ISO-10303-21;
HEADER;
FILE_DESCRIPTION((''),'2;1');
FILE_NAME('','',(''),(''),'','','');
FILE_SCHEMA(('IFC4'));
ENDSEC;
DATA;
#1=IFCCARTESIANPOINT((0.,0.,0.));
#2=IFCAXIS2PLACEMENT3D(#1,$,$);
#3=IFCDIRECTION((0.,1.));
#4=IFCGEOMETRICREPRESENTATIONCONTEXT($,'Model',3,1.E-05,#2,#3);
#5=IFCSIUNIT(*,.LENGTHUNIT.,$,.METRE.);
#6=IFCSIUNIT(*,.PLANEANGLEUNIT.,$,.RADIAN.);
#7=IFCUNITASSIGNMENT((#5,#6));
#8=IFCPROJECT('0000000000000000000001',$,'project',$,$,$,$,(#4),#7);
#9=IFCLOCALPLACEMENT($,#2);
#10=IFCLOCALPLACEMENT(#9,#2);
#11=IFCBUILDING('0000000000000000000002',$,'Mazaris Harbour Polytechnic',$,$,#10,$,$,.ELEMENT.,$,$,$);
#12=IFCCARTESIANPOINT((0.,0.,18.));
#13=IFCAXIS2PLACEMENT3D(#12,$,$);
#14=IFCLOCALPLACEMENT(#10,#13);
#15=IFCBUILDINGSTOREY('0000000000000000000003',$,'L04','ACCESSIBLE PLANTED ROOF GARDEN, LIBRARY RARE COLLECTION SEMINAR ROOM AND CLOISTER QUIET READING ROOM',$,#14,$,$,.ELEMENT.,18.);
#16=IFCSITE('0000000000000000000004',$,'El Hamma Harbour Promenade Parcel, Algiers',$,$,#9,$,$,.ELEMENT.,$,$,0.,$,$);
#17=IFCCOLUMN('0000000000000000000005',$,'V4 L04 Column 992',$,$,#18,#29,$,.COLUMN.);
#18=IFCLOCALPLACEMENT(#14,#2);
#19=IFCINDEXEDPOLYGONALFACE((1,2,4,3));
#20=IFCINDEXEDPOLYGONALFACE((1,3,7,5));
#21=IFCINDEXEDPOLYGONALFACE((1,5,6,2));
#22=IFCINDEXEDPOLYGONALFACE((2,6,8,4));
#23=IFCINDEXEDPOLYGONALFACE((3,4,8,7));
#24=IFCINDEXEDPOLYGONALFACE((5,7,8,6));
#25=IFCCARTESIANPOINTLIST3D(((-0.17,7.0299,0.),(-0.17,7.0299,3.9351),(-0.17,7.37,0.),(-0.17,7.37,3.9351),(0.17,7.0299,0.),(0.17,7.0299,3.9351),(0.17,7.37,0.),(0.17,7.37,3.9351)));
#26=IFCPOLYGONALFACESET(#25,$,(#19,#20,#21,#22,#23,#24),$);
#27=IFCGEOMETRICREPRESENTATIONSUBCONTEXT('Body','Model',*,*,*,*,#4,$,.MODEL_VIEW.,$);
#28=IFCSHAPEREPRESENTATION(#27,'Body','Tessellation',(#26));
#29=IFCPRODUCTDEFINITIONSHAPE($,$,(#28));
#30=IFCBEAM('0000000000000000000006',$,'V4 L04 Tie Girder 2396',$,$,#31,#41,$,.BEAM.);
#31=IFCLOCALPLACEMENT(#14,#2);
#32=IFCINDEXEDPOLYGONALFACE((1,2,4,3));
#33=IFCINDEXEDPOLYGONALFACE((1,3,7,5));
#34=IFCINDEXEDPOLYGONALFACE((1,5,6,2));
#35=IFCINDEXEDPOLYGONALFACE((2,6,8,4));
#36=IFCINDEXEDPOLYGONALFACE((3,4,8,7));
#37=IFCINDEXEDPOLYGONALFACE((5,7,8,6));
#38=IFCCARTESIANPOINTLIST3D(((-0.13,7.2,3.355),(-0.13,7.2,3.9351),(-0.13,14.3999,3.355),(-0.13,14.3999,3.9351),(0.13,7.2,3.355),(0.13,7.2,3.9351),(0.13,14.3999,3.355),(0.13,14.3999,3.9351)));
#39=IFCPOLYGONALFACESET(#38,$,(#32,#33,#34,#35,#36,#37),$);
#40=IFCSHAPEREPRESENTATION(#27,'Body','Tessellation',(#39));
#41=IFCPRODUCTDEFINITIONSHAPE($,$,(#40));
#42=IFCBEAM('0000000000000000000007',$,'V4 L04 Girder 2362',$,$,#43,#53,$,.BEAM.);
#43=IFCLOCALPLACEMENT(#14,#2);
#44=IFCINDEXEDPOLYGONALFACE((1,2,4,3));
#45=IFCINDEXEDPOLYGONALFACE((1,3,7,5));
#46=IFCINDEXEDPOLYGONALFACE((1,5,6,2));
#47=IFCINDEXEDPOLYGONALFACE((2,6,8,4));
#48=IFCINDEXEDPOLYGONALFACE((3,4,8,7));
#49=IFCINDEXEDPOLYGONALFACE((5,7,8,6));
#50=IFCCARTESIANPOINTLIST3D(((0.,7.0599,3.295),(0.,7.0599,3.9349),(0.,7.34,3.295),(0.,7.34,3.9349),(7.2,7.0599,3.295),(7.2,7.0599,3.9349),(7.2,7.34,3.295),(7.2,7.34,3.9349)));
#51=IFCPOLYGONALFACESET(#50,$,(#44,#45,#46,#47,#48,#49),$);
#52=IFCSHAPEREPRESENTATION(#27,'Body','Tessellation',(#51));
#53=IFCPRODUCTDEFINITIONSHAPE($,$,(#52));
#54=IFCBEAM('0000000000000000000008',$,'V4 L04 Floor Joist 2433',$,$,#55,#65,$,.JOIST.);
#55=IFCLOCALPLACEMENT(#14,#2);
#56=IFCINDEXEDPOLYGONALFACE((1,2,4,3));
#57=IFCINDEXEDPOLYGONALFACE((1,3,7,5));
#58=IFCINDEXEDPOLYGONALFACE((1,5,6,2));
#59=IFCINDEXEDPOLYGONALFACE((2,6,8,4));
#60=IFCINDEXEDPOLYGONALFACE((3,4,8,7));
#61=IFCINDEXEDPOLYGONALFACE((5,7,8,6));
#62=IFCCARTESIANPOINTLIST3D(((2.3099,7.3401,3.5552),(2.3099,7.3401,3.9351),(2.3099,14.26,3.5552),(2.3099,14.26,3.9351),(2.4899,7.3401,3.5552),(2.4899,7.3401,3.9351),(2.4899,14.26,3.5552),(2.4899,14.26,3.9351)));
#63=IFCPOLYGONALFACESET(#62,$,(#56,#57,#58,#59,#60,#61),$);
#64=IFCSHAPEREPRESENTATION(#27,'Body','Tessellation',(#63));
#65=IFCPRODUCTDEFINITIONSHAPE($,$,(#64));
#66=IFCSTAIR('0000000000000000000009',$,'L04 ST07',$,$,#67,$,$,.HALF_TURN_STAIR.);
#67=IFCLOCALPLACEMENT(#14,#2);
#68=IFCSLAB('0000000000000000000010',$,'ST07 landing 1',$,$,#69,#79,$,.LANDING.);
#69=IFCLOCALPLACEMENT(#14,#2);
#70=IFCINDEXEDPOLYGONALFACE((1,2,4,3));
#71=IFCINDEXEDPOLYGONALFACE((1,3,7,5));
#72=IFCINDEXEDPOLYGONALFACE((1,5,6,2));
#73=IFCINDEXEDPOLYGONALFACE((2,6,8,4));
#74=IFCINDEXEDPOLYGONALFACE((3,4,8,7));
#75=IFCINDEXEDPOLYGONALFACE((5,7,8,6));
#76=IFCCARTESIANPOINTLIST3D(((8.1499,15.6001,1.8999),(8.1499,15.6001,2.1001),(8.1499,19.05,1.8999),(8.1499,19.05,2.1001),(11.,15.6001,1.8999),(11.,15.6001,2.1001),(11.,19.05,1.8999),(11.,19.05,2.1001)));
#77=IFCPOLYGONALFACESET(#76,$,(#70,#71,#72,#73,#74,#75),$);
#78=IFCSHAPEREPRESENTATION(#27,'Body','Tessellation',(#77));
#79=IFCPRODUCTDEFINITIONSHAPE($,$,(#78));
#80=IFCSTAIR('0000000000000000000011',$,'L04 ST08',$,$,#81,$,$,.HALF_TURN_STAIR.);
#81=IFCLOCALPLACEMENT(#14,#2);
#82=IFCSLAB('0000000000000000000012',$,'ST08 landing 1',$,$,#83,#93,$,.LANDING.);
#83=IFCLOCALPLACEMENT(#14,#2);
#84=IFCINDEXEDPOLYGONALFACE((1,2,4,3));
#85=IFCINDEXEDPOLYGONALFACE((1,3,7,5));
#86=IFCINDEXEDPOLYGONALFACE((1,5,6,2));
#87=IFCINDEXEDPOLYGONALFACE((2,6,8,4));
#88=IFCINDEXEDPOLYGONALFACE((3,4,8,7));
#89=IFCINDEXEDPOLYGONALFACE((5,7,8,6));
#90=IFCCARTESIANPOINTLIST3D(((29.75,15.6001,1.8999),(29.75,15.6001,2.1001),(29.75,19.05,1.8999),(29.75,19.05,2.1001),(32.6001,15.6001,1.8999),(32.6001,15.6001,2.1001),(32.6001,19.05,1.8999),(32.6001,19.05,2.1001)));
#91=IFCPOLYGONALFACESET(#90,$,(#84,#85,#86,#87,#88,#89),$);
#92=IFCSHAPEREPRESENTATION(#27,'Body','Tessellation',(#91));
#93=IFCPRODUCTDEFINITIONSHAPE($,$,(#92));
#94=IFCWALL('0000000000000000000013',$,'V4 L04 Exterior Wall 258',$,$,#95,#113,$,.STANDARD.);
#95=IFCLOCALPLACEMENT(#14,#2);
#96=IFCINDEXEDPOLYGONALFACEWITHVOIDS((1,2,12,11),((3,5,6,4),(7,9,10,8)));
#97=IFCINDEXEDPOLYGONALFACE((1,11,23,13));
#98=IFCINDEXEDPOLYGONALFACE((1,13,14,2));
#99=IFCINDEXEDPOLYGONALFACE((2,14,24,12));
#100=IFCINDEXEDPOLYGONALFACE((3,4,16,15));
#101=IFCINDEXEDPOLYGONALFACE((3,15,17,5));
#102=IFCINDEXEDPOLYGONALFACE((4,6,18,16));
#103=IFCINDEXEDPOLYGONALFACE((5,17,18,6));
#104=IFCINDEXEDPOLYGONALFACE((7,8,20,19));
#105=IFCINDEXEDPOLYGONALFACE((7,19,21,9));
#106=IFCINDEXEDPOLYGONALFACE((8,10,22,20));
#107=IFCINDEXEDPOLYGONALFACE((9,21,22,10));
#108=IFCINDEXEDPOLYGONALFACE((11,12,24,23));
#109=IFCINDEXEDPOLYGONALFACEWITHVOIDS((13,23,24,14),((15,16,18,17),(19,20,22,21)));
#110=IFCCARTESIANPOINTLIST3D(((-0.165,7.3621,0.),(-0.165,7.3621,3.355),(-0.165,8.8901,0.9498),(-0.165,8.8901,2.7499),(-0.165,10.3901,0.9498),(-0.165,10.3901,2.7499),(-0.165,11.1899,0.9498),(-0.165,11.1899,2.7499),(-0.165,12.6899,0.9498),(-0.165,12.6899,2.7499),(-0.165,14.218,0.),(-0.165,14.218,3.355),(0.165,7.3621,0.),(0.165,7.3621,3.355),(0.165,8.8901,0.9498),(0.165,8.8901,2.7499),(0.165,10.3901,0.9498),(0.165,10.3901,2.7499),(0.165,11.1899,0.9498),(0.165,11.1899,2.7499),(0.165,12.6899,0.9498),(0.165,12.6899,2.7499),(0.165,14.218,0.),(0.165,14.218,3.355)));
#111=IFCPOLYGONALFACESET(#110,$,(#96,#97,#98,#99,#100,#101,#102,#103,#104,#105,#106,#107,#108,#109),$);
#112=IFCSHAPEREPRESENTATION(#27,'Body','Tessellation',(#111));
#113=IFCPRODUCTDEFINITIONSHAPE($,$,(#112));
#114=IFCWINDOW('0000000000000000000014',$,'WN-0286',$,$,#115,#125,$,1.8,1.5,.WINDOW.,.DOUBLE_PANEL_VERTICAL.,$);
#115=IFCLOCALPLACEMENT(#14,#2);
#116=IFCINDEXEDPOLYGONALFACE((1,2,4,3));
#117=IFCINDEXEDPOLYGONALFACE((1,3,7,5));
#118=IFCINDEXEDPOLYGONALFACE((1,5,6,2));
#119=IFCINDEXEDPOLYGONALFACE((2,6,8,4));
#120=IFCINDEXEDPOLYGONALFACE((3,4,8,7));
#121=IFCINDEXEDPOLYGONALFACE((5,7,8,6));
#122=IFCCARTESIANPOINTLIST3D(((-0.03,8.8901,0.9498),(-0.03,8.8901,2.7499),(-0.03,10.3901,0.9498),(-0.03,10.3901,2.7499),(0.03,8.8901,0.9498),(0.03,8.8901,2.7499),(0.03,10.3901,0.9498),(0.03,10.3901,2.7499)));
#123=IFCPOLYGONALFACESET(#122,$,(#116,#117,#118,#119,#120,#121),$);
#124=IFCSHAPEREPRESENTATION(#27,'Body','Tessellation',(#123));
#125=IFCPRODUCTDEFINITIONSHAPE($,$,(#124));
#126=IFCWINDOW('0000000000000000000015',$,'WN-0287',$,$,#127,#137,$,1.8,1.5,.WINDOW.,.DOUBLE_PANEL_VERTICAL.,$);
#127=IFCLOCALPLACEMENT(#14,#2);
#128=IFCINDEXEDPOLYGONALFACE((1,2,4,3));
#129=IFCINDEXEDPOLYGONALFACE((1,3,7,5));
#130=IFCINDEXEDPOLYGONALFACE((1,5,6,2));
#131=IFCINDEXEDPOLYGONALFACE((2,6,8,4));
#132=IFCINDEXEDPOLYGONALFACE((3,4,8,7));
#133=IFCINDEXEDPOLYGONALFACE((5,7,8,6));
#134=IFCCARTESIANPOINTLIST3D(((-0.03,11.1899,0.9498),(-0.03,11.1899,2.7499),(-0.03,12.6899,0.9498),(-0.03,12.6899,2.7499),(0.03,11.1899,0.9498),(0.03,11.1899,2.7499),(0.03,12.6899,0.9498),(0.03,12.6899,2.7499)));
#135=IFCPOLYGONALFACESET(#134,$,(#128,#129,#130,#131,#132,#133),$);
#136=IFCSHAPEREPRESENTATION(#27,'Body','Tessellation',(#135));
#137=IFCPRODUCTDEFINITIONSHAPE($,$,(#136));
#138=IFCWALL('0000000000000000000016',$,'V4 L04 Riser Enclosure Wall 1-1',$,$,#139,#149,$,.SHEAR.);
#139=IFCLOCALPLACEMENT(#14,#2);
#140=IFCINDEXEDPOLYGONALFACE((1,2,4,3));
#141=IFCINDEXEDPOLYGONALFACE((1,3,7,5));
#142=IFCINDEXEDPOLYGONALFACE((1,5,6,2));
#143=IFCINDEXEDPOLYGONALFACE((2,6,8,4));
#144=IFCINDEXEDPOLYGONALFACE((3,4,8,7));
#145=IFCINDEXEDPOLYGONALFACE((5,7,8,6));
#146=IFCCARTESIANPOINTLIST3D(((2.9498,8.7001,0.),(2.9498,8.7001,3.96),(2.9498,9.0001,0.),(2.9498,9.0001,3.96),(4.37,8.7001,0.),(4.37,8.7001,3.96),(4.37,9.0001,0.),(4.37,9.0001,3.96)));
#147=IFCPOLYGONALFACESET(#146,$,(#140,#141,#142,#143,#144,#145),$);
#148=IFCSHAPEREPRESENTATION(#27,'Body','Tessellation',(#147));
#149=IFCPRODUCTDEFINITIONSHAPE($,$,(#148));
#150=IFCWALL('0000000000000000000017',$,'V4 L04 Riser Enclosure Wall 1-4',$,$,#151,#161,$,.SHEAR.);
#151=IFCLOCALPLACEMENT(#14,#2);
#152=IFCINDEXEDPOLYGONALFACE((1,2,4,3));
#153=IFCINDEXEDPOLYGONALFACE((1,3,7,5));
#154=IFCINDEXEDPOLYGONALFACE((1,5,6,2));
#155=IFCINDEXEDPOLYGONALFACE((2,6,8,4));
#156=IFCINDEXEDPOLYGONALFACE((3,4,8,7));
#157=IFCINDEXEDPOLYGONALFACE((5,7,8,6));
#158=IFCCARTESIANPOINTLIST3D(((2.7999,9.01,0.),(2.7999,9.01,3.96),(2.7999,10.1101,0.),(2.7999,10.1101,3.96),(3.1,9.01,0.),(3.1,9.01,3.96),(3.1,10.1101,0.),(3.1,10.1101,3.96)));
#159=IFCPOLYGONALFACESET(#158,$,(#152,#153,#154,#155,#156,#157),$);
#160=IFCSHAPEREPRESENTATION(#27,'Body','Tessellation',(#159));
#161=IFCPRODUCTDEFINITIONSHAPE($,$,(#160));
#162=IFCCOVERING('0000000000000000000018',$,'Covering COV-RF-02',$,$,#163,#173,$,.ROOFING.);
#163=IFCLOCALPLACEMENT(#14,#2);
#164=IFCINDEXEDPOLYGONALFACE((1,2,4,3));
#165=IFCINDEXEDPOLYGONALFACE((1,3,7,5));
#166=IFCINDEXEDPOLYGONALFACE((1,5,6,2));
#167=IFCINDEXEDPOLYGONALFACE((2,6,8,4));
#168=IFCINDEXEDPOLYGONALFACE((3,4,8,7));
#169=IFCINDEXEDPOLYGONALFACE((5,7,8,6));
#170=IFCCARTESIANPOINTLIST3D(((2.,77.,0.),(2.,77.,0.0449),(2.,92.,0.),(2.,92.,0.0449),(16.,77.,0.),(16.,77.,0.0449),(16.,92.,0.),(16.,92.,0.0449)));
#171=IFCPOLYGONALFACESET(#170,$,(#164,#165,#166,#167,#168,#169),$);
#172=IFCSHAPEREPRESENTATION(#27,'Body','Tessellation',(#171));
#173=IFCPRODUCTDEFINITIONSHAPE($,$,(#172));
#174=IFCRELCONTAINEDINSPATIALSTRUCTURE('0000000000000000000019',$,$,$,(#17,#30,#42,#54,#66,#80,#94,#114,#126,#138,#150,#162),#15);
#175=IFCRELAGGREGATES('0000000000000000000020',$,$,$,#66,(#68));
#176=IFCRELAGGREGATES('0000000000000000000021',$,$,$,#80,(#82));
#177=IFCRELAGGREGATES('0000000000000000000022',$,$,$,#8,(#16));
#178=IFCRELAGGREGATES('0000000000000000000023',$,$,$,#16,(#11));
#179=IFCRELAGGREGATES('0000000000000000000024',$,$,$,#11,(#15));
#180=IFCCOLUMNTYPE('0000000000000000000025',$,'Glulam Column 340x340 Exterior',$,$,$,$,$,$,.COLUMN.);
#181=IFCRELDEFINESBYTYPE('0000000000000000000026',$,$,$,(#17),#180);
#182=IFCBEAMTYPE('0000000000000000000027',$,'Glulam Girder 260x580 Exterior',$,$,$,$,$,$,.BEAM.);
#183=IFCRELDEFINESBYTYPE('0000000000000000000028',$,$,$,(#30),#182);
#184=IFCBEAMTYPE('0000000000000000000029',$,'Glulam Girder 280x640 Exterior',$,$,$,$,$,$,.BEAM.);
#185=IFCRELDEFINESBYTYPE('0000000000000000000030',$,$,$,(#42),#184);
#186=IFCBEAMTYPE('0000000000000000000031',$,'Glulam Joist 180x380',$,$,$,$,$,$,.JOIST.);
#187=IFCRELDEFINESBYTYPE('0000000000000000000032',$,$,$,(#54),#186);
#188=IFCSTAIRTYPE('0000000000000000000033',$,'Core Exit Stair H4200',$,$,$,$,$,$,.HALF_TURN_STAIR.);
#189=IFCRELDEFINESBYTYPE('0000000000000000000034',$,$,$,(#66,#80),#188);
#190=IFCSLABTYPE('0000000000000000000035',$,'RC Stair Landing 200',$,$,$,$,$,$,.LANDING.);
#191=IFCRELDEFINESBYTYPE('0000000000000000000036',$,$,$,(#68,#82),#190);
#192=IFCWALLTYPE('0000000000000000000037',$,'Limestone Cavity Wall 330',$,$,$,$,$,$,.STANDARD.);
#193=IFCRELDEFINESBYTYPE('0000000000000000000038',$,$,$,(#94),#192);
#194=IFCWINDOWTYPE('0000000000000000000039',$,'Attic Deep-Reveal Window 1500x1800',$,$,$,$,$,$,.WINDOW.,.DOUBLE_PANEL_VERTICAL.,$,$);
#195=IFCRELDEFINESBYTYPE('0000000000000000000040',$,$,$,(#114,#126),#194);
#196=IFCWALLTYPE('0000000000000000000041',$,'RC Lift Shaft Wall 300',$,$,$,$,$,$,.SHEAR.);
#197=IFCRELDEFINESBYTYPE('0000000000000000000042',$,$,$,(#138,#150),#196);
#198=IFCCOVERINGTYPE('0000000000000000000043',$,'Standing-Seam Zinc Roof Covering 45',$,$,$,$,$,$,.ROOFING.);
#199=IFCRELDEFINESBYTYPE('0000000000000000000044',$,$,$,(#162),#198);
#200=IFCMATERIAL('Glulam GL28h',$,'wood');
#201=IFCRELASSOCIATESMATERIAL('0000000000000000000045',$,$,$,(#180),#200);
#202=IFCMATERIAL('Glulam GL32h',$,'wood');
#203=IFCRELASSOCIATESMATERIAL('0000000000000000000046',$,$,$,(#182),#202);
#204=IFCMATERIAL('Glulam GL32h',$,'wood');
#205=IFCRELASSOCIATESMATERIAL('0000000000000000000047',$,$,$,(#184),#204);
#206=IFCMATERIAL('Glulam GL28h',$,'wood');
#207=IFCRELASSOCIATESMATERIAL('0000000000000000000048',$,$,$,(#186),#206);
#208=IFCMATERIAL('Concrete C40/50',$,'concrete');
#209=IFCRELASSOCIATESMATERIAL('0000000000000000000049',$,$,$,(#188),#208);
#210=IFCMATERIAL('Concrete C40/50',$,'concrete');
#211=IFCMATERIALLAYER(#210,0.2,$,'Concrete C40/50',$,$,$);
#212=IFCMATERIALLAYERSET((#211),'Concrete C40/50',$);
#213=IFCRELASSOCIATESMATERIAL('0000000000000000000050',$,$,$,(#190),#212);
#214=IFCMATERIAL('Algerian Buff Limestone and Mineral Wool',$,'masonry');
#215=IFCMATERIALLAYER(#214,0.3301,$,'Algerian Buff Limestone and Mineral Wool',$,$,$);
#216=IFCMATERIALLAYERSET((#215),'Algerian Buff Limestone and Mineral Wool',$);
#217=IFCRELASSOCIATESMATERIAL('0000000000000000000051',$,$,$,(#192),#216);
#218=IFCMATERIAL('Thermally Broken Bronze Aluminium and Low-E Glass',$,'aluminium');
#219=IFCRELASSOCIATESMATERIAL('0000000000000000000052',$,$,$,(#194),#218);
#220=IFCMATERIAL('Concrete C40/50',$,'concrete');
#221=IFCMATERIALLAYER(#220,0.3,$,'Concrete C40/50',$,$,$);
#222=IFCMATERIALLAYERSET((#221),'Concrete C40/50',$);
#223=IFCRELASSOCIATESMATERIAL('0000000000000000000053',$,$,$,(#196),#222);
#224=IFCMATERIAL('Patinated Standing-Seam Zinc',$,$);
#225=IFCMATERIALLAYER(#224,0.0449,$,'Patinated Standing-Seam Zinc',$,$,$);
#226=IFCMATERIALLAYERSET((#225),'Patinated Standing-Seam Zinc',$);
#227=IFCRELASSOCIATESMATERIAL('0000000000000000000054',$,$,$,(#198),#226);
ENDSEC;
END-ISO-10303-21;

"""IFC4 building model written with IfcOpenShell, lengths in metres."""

from ifc_helpers import new_model, si_unit, direction, frame, frame_2d, origin, origin_2d, place, context, subcontext, project, spatial, polyline, rectangle, outline, extrude, material, layer, layer_set, material_profile, profile_set, type_object, element, fill, aggregate, save


model = new_model("IFC4")

# Units and contexts
model_context = context("Model", 3, precision=1e-05, world=origin(), true_north=direction((0.0, 1.0)))
body_context = subcontext(model_context, "Body", "Model", "MODEL_VIEW")
ifc_project = project(units=[si_unit("LENGTHUNIT", "METRE"), si_unit("PLANEANGLEUNIT", "RADIAN")], contexts=[model_context])

# Site, building, storey
site_placement = place(None, origin())
site = spatial("IfcSite", under=ifc_project, at=site_placement, Name="El Hamma Harbour Promenade Parcel, Algiers", CompositionType="ELEMENT", RefElevation=0.0)
building_placement = place(site_placement, origin())
building = spatial("IfcBuilding", under=site, at=building_placement, Name="Mazaris Harbour Polytechnic", CompositionType="ELEMENT")
storey_placement = place(building_placement, frame((0.0, 0.0, 18.0)))
storey = spatial("IfcBuildingStorey", under=building, at=storey_placement, Name="L04", Description="ACCESSIBLE PLANTED ROOF GARDEN, LIBRARY RARE COLLECTION SEMINAR ROOM AND CLOISTER QUIET READING ROOM", CompositionType="ELEMENT", Elevation=18.0)

# Column
ifc_material_1 = material(Name="Glulam GL28h", Category="wood")
ifc_material_profile_1 = material_profile(ifc_material_1, rectangle(XDim=0.3401, YDim=0.3401, at=origin_2d()), Name="RECT340x340")
ifc_profile_set_1 = profile_set([ifc_material_profile_1], Name="Glulam GL28h")
column_type = type_object("IfcColumnType", Name="Glulam Column 340x340 Exterior", PredefinedType="COLUMN", material=ifc_profile_set_1)
column_placement = place(storey_placement, frame((0.0, 7.2, 0.0), z_axis=(0.0, 0.0, 1.0), x_axis=(1.0, 0.0, 0.0)))
element("IfcColumn", 1, at=column_placement, inside=storey, type_object=column_type, Name="V4 L04 Column 992", PredefinedType="COLUMN", context=body_context, shape_type="SweptSolid", body=[
    extrude(rectangle(XDim=0.3401, YDim=0.3401, at=origin_2d()), origin(), (0.0, 0.0, 1.0), 3.9351),
])

# Beams
ifc_material_2 = material(Name="Glulam GL32h", Category="wood")
ifc_material_profile_2 = material_profile(ifc_material_2, rectangle(XDim=0.26, YDim=0.5801, at=origin_2d()), Name="RECT260x580")
ifc_profile_set_2 = profile_set([ifc_material_profile_2], Name="Glulam GL32h")
beam_type_1 = type_object("IfcBeamType", Name="Glulam Girder 260x580 Exterior", PredefinedType="BEAM", material=ifc_profile_set_2)
beam_1_placement = place(storey_placement, frame((0.0, 7.2, 3.645), z_axis=(0.0, 1.0, 0.0), x_axis=(-1.0, 0.0, 0.0)))
element("IfcBeam", 2, at=beam_1_placement, inside=storey, type_object=beam_type_1, Name="V4 L04 Tie Girder 2396", PredefinedType="BEAM", context=body_context, shape_type="SweptSolid", body=[
    extrude(rectangle(XDim=0.26, YDim=0.5801, at=origin_2d()), origin(), (0.0, 0.0, 1.0), 7.2),
])
ifc_material_3 = material(Name="Glulam GL32h", Category="wood")
ifc_material_profile_3 = material_profile(ifc_material_3, rectangle(XDim=0.28, YDim=0.6399, at=origin_2d()), Name="RECT280x640")
ifc_profile_set_3 = profile_set([ifc_material_profile_3], Name="Glulam GL32h")
beam_type_2 = type_object("IfcBeamType", Name="Glulam Girder 280x640 Exterior", PredefinedType="BEAM", material=ifc_profile_set_3)
beam_2_placement = place(storey_placement, frame((0.0, 7.2, 3.615), z_axis=(1.0, 0.0, 0.0), x_axis=(0.0, 1.0, 0.0)))
element("IfcBeam", 3, at=beam_2_placement, inside=storey, type_object=beam_type_2, Name="V4 L04 Girder 2362", PredefinedType="BEAM", context=body_context, shape_type="SweptSolid", body=[
    extrude(rectangle(XDim=0.28, YDim=0.6399, at=origin_2d()), origin(), (0.0, 0.0, 1.0), 7.2),
])
ifc_material_4 = material(Name="Glulam GL28h", Category="wood")
ifc_material_profile_4 = material_profile(ifc_material_4, rectangle(XDim=0.1799, YDim=0.3799, at=origin_2d()), Name="RECT180x380")
ifc_profile_set_4 = profile_set([ifc_material_profile_4], Name="Glulam GL28h")
beam_type_3 = type_object("IfcBeamType", Name="Glulam Joist 180x380", PredefinedType="JOIST", material=ifc_profile_set_4)
beam_3_placement = place(storey_placement, frame((2.3999, 7.3401, 3.7451), z_axis=(0.0, 1.0, 0.0), x_axis=(-1.0, 0.0, 0.0)))
element("IfcBeam", 4, at=beam_3_placement, inside=storey, type_object=beam_type_3, Name="V4 L04 Floor Joist 2433", PredefinedType="JOIST", context=body_context, shape_type="SweptSolid", body=[
    extrude(rectangle(XDim=0.1799, YDim=0.3799, at=origin_2d()), origin(), (0.0, 0.0, 1.0), 6.9199),
])

# Stairs, slabs
ifc_material_5 = material(Name="Concrete C40/50", Category="concrete")
stair_type = type_object("IfcStairType", Name="Core Exit Stair H4200", PredefinedType="HALF_TURN_STAIR", material=ifc_material_5)
stair_1_placement = place(storey_placement, origin())
stair_1 = element("IfcStair", 5, at=stair_1_placement, inside=storey, type_object=stair_type, Name="L04 ST07", PredefinedType="HALF_TURN_STAIR")
ifc_material_6 = material(Name="Concrete C40/50", Category="concrete")
ifc_layer_1 = layer(ifc_material_6, 0.2, Name="Concrete C40/50")
ifc_layer_set_1 = layer_set([ifc_layer_1], Name="Concrete C40/50")
slab_type = type_object("IfcSlabType", Name="RC Stair Landing 200", PredefinedType="LANDING", material=ifc_layer_set_1)
slab_1_placement = place(storey_placement, frame((0.0, 0.0, 1.8999)))
slab_1 = element("IfcSlab", 6, at=slab_1_placement, type_object=slab_type, Name="ST07 landing 1", PredefinedType="LANDING", context=body_context, shape_type="SweptSolid", body=[
    extrude(outline(polyline([(8.1499, 15.6001), (11.0, 15.6001), (11.0, 19.05), (8.1499, 19.05), (8.1499, 15.6001)])), origin(), (0.0, 0.0, 1.0), 0.2002),
])
aggregate(stair_1, [slab_1])
stair_2_placement = place(storey_placement, origin())
stair_2 = element("IfcStair", 7, at=stair_2_placement, inside=storey, type_object=stair_type, Name="L04 ST08", PredefinedType="HALF_TURN_STAIR")
slab_2_placement = place(storey_placement, frame((0.0, 0.0, 1.8999)))
slab_2 = element("IfcSlab", 8, at=slab_2_placement, type_object=slab_type, Name="ST08 landing 1", PredefinedType="LANDING", context=body_context, shape_type="SweptSolid", body=[
    extrude(outline(polyline([(29.75, 15.6001), (32.6001, 15.6001), (32.6001, 19.05), (29.75, 19.05), (29.75, 15.6001)])), origin(), (0.0, 0.0, 1.0), 0.2002),
])
aggregate(stair_2, [slab_2])

# Wall, openings, windows
ifc_material_7 = material(Name="Algerian Buff Limestone and Mineral Wool", Category="masonry")
ifc_layer_2 = layer(ifc_material_7, 0.3301, Name="Algerian Buff Limestone and Mineral Wool")
ifc_layer_set_2 = layer_set([ifc_layer_2], Name="Algerian Buff Limestone and Mineral Wool")
wall_type_1 = type_object("IfcWallType", Name="Limestone Cavity Wall 330", PredefinedType="STANDARD", material=ifc_layer_set_2)
wall_1_placement = place(storey_placement, frame((0.0, 7.3621, 0.0), z_axis=(0.0, 0.0, 1.0), x_axis=(0.0, 1.0, 0.0)))
wall_1 = element("IfcWall", 9, at=wall_1_placement, inside=storey, type_object=wall_type_1, Name="V4 L04 Exterior Wall 258", PredefinedType="STANDARD", context=body_context, shape_type="SweptSolid", body=[
    extrude(rectangle(XDim=6.856, YDim=0.3301, at=frame_2d((3.428, 0.0))), origin(), (0.0, 0.0, 1.0), 3.355),
])
opening_1_placement = place(wall_1_placement, frame((1.5281, 0.0, 0.95)))
opening_1 = element("IfcOpeningElement", 10, at=opening_1_placement, cuts=wall_1, PredefinedType="OPENING", context=body_context, shape_type="SweptSolid", body=[
    extrude(rectangle(XDim=1.5, YDim=1.8, at=frame_2d((0.75, 0.8999))), frame((0.0, 0.175, 0.0), z_axis=(0.0, -1.0, 0.0), x_axis=(1.0, 0.0, 0.0)), (0.0, 0.0, 1.0), 0.3501),
])
opening_2_placement = place(wall_1_placement, frame((3.8279, 0.0, 0.95)))
opening_2 = element("IfcOpeningElement", 11, at=opening_2_placement, cuts=wall_1, PredefinedType="OPENING", context=body_context, shape_type="SweptSolid", body=[
    extrude(rectangle(XDim=1.5, YDim=1.8, at=frame_2d((0.75, 0.8999))), frame((0.0, 0.175, 0.0), z_axis=(0.0, -1.0, 0.0), x_axis=(1.0, 0.0, 0.0)), (0.0, 0.0, 1.0), 0.3501),
])
ifc_material_8 = material(Name="Thermally Broken Bronze Aluminium and Low-E Glass", Category="aluminium")
window_type = type_object("IfcWindowType", Name="Attic Deep-Reveal Window 1500x1800", PartitioningType="DOUBLE_PANEL_VERTICAL", PredefinedType="WINDOW", material=ifc_material_8)
window_1_placement = place(opening_1_placement, origin())
window_1 = element("IfcWindow", 12, at=window_1_placement, inside=storey, type_object=window_type, Name="WN-0286", OverallHeight=1.8, OverallWidth=1.5, PartitioningType="DOUBLE_PANEL_VERTICAL", PredefinedType="WINDOW", context=body_context, shape_type="SweptSolid", body=[
    extrude(rectangle(XDim=1.5, YDim=1.8, at=frame_2d((0.75, 0.8999))), frame((0.0, 0.03, 0.0), z_axis=(0.0, -1.0, 0.0), x_axis=(1.0, 0.0, 0.0)), (0.0, 0.0, 1.0), 0.0601),
])
fill(opening_1, window_1)
window_2_placement = place(opening_2_placement, origin())
window_2 = element("IfcWindow", 13, at=window_2_placement, inside=storey, type_object=window_type, Name="WN-0287", OverallHeight=1.8, OverallWidth=1.5, PartitioningType="DOUBLE_PANEL_VERTICAL", PredefinedType="WINDOW", context=body_context, shape_type="SweptSolid", body=[
    extrude(rectangle(XDim=1.5, YDim=1.8, at=frame_2d((0.75, 0.8999))), frame((0.0, 0.03, 0.0), z_axis=(0.0, -1.0, 0.0), x_axis=(1.0, 0.0, 0.0)), (0.0, 0.0, 1.0), 0.0601),
])
fill(opening_2, window_2)

# Walls
ifc_material_9 = material(Name="Concrete C40/50", Category="concrete")
ifc_layer_3 = layer(ifc_material_9, 0.3, Name="Concrete C40/50")
ifc_layer_set_3 = layer_set([ifc_layer_3], Name="Concrete C40/50")
wall_type_2 = type_object("IfcWallType", Name="RC Lift Shaft Wall 300", PredefinedType="SHEAR", material=ifc_layer_set_3)
wall_2_placement = place(storey_placement, frame((2.95, 8.8501, 0.0), z_axis=(0.0, 0.0, 1.0), x_axis=(1.0, 0.0, 0.0)))
element("IfcWall", 14, at=wall_2_placement, inside=storey, type_object=wall_type_2, Name="V4 L04 Riser Enclosure Wall 1-1", PredefinedType="SHEAR", context=body_context, shape_type="SweptSolid", body=[
    extrude(rectangle(XDim=1.4202, YDim=0.3, at=frame_2d((0.71, 0.0))), origin(), (0.0, 0.0, 1.0), 3.96),
])
wall_3_placement = place(storey_placement, frame((2.95, 10.1101, 0.0), z_axis=(0.0, 0.0, 1.0), x_axis=(0.0, -1.0, 0.0)))
element("IfcWall", 15, at=wall_3_placement, inside=storey, type_object=wall_type_2, Name="V4 L04 Riser Enclosure Wall 1-4", PredefinedType="SHEAR", context=body_context, shape_type="SweptSolid", body=[
    extrude(rectangle(XDim=1.1001, YDim=0.3, at=frame_2d((0.55, 0.0))), origin(), (0.0, 0.0, 1.0), 3.96),
])

# Covering
ifc_material_10 = material(Name="Patinated Standing-Seam Zinc")
ifc_layer_4 = layer(ifc_material_10, 0.0449, Name="Patinated Standing-Seam Zinc")
ifc_layer_set_4 = layer_set([ifc_layer_4], Name="Patinated Standing-Seam Zinc")
covering_type_1 = type_object("IfcCoveringType", Name="Standing-Seam Zinc Roof Covering 45", PredefinedType="ROOFING", material=ifc_layer_set_4)
covering_1_placement = place(storey_placement, origin())
element("IfcCovering", 16, at=covering_1_placement, inside=storey, type_object=covering_type_1, Name="Covering COV-RF-02", PredefinedType="ROOFING", context=body_context, shape_type="SweptSolid", body=[
    extrude(outline(polyline([(2.0, 77.0), (16.0, 77.0), (16.0, 92.0), (2.0, 92.0), (2.0, 77.0)])), origin(), (0.0, 0.0, 1.0), 0.0449),
])

save(model, "model.ifc")
